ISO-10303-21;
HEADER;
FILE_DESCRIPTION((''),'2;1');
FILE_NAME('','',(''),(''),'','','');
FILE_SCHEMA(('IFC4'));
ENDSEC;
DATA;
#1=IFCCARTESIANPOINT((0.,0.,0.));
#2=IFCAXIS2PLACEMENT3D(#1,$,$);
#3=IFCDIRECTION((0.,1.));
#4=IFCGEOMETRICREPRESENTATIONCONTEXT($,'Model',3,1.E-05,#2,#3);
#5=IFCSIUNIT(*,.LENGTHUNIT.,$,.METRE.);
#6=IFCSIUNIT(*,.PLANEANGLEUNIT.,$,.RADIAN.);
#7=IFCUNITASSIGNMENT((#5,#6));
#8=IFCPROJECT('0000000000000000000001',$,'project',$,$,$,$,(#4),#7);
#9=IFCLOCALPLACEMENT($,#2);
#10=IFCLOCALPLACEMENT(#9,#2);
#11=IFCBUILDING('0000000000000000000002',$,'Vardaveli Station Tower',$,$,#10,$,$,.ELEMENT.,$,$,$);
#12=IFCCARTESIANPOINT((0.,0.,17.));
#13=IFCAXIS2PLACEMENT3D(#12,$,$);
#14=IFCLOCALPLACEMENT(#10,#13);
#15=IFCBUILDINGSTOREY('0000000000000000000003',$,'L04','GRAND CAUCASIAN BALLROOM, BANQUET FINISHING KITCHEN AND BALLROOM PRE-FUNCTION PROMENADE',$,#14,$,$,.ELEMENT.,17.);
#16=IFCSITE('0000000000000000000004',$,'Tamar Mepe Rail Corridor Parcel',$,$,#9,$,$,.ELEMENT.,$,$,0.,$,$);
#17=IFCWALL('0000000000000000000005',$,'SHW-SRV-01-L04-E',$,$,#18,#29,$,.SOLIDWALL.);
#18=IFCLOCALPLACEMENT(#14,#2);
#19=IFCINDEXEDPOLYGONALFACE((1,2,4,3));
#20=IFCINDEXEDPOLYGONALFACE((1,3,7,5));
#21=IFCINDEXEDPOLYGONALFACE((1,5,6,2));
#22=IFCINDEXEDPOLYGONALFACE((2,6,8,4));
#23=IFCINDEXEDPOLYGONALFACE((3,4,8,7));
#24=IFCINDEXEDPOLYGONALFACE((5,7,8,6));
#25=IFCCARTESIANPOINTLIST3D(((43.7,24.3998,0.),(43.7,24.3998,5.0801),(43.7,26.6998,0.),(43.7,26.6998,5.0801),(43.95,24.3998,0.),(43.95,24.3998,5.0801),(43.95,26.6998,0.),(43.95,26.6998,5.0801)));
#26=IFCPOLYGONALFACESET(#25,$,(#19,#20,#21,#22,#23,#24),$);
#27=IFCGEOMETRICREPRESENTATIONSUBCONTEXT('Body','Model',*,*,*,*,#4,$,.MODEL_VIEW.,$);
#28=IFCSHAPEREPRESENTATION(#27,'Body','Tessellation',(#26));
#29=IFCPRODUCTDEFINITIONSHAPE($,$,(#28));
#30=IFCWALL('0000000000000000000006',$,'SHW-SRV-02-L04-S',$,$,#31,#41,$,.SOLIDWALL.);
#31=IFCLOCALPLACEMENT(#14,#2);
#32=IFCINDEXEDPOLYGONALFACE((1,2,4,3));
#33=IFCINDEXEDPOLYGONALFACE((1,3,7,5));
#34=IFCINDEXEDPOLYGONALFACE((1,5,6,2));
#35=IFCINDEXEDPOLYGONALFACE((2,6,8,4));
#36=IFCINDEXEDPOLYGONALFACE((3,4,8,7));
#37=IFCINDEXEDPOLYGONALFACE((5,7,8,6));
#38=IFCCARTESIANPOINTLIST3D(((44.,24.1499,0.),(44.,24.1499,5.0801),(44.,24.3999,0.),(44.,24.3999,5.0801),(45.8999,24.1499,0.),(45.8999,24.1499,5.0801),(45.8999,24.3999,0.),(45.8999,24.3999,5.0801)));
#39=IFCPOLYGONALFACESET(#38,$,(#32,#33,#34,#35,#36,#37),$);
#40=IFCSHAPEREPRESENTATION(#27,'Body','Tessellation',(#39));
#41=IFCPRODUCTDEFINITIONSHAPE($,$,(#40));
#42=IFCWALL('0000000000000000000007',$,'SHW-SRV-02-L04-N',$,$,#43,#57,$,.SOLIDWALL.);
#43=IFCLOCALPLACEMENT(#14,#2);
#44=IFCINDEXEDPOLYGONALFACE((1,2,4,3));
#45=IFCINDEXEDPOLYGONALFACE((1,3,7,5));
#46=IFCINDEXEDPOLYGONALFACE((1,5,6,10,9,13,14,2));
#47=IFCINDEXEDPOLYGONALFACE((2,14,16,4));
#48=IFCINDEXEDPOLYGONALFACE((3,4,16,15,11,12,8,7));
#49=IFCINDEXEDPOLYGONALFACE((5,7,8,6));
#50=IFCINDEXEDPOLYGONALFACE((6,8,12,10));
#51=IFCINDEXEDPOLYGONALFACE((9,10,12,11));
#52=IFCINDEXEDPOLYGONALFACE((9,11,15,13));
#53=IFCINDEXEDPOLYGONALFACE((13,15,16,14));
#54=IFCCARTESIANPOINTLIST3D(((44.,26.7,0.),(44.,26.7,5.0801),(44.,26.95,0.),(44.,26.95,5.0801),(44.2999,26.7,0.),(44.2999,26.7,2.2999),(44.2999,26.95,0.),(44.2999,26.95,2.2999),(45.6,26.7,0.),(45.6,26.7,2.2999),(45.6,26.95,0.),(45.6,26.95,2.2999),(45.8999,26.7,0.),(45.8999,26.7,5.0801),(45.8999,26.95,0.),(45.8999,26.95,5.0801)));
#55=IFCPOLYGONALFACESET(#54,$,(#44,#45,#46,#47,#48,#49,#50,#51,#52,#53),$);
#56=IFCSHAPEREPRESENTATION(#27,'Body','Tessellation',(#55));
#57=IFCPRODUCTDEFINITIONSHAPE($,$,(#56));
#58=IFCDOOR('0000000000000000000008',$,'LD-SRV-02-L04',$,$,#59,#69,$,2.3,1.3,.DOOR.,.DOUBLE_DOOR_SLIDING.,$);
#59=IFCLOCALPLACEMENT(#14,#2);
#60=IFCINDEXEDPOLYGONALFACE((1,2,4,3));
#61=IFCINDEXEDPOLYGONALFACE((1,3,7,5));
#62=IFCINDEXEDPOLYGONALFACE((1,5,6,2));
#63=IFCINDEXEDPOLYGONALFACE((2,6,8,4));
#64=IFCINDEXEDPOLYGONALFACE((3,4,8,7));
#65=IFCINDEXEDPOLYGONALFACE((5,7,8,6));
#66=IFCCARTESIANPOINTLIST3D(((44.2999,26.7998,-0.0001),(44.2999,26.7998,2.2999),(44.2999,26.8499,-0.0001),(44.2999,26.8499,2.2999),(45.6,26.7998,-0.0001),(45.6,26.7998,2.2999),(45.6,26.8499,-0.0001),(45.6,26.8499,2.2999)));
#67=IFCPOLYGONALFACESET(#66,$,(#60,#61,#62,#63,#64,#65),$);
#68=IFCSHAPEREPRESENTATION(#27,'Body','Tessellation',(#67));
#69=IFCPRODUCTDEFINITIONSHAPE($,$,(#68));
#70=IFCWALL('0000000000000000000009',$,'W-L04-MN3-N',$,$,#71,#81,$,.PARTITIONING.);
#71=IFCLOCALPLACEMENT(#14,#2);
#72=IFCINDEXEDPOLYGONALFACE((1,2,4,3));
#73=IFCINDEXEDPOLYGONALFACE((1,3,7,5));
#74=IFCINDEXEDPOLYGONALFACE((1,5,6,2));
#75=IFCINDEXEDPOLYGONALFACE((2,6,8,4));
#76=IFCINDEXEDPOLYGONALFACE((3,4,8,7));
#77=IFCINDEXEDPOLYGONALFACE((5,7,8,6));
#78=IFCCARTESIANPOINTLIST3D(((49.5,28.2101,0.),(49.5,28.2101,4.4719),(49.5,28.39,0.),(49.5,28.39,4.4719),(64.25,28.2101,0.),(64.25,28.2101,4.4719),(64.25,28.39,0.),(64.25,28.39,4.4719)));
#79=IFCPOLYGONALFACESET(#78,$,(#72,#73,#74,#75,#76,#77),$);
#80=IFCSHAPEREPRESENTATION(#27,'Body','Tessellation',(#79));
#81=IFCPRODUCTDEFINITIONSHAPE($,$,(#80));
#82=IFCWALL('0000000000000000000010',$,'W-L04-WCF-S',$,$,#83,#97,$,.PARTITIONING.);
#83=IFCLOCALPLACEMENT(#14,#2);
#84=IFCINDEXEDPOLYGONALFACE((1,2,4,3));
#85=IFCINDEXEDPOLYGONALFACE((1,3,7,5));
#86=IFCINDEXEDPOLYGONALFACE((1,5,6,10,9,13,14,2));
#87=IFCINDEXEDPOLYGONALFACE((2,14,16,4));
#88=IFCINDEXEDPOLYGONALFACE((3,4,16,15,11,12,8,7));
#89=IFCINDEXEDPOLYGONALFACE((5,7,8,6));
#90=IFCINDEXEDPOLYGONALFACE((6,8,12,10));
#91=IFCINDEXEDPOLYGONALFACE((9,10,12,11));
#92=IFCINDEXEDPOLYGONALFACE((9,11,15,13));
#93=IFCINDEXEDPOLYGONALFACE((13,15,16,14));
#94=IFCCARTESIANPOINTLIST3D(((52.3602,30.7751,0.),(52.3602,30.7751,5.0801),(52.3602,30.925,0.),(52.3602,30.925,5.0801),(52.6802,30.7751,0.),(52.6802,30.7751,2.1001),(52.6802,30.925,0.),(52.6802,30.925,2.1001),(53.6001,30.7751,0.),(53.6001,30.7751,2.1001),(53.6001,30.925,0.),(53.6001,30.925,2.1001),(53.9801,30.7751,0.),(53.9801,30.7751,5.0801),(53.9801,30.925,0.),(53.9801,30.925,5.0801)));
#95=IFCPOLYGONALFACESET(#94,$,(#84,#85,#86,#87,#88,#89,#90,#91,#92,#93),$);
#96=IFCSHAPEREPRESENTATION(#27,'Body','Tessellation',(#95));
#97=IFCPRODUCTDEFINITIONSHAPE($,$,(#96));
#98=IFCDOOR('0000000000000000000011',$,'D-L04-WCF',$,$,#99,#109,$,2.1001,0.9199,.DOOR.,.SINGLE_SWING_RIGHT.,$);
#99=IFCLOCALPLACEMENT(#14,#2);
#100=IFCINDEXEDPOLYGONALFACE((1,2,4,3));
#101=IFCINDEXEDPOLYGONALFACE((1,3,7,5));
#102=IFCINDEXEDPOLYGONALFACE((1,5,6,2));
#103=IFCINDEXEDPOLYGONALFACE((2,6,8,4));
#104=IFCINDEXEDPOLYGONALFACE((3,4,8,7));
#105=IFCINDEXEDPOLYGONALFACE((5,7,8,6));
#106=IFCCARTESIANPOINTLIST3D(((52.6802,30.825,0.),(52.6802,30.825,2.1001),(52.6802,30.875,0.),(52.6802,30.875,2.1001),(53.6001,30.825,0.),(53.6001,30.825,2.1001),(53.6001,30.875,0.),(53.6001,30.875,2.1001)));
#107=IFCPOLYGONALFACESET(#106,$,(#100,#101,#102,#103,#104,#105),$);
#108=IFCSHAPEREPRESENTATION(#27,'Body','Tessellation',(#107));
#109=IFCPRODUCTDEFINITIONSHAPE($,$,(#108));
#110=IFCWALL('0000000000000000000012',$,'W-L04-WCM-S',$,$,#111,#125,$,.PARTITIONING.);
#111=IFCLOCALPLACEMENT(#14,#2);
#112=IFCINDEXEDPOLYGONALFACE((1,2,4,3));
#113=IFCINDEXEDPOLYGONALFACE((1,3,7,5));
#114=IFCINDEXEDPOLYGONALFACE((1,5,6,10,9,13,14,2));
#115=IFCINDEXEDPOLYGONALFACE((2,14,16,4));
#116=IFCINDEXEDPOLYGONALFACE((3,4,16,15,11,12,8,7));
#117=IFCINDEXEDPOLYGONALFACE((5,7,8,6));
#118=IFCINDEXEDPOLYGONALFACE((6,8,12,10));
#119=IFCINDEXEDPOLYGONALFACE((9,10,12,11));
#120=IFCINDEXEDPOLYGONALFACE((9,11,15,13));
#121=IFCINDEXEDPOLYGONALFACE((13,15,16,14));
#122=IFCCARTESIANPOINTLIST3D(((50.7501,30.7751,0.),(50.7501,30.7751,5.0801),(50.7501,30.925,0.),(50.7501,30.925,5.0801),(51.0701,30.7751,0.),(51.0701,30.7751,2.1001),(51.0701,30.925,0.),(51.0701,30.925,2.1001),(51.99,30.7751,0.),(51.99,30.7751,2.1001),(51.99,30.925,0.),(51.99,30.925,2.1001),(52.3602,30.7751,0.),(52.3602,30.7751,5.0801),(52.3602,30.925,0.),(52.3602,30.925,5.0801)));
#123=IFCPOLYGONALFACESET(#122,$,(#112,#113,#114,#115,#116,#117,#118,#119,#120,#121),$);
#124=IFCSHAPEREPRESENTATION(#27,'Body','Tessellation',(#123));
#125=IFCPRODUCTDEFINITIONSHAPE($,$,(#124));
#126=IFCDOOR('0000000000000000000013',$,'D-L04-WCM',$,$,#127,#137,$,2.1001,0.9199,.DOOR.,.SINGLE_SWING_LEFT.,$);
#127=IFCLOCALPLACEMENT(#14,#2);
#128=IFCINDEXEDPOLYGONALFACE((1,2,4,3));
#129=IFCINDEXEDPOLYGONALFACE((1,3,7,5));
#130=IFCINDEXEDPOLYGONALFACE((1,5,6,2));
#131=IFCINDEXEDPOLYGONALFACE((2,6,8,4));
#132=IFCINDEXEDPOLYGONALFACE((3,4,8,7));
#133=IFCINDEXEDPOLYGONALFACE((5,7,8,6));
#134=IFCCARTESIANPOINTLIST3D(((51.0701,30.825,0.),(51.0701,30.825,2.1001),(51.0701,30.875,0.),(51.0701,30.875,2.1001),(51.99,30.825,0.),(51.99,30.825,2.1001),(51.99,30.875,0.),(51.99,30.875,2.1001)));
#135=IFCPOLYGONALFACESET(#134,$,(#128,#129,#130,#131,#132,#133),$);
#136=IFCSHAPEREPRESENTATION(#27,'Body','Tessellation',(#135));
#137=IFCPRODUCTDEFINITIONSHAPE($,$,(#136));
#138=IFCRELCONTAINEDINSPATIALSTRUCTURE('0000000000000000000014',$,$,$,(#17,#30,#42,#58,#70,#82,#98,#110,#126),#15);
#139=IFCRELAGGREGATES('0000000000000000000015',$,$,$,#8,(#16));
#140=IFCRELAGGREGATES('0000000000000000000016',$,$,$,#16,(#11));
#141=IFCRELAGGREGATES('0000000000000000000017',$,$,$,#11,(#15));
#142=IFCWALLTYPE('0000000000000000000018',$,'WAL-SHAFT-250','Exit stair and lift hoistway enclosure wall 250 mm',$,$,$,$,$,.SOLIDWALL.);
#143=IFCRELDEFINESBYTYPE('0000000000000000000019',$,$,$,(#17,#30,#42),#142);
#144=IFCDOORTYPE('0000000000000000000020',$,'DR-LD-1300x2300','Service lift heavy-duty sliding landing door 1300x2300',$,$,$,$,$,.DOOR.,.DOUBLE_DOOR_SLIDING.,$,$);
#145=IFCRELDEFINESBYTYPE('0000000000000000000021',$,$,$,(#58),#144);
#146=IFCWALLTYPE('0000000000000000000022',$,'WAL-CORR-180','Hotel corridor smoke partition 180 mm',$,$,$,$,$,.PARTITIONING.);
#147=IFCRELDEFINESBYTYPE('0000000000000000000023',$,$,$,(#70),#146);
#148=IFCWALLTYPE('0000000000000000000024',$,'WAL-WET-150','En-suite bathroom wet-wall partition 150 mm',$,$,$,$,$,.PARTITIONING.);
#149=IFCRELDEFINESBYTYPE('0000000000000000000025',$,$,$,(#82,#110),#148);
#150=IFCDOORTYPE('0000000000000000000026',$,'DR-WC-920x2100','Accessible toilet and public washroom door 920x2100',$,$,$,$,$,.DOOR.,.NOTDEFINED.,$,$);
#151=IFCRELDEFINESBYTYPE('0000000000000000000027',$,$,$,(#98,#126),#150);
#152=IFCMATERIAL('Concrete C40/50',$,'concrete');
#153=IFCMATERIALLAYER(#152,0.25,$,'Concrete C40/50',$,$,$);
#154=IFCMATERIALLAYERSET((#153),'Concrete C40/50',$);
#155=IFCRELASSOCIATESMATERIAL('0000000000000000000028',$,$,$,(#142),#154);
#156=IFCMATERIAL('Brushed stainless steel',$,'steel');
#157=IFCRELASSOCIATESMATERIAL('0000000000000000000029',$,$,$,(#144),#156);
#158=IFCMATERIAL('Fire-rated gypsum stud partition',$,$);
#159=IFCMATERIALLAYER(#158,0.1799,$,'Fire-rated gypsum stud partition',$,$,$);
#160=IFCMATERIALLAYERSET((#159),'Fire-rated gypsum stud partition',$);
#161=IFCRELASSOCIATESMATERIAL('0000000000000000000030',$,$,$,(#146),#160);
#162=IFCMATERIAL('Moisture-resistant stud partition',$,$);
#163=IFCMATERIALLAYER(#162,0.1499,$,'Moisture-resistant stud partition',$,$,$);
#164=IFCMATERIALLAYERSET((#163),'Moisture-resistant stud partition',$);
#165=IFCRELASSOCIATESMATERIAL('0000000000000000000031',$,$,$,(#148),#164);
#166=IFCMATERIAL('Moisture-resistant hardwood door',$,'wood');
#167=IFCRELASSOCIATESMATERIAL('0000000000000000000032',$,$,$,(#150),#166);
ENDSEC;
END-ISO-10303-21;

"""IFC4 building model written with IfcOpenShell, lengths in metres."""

from ifc_helpers import new_model, si_unit, direction, frame, frame_2d, origin, place, context, subcontext, project, spatial, rectangle, extrude, source, transform, mapped, material, layer, layer_set, type_object, element, fill, save


model = new_model("IFC4")

# Units and contexts
model_context = context("Model", 3, precision=1e-05, world=origin(), true_north=direction((0.0, 1.0)))
body_context = subcontext(model_context, "Body", "Model", "MODEL_VIEW")
ifc_project = project(units=[si_unit("LENGTHUNIT", "METRE"), si_unit("PLANEANGLEUNIT", "RADIAN")], contexts=[model_context])

# Site, building, storey
site_placement = place(None, origin())
site = spatial("IfcSite", under=ifc_project, at=site_placement, Name="Tamar Mepe Rail Corridor Parcel", CompositionType="ELEMENT", RefElevation=0.0)
building_placement = place(site_placement, origin())
building = spatial("IfcBuilding", under=site, at=building_placement, Name="Vardaveli Station Tower", CompositionType="ELEMENT")
storey_placement = place(building_placement, frame((0.0, 0.0, 17.0)))
storey = spatial("IfcBuildingStorey", under=building, at=storey_placement, Name="L04", Description="GRAND CAUCASIAN BALLROOM, BANQUET FINISHING KITCHEN AND BALLROOM PRE-FUNCTION PROMENADE", CompositionType="ELEMENT", Elevation=17.0)

# Shared definitions
ifc_material_1 = material(Name="Concrete C40/50", Category="concrete")
ifc_layer_1 = layer(ifc_material_1, 0.25, Name="Concrete C40/50")
ifc_layer_set_1 = layer_set([ifc_layer_1], Name="Concrete C40/50")
wall_type_1 = type_object("IfcWallType", Name="WAL-SHAFT-250", Description="Exit stair and lift hoistway enclosure wall 250 mm", PredefinedType="SOLIDWALL", material=ifc_layer_set_1)

# Shared definitions
shared_shape_1 = source(origin(), body_context, "Body", "SweptSolid", [
    extrude(rectangle(XDim=2.3, YDim=0.25, at=frame_2d((1.1499, 0.0))), origin(), (0.0, 0.0, 1.0), 5.0801),
])
shared_shape_2 = source(origin(), body_context, "Body", "SweptSolid", [
    extrude(rectangle(XDim=1.3, YDim=2.3, at=frame_2d((0.6499, 1.1499))), frame((0.0, 0.135, 0.0), z_axis=(0.0, -1.0, 0.0), x_axis=(1.0, 0.0, 0.0)), (0.0, 0.0, 1.0), 0.27),
])
ifc_material_2 = material(Name="Brushed stainless steel", Category="steel")
door_type_1 = type_object("IfcDoorType", Name="DR-LD-1300x2300", Description="Service lift heavy-duty sliding landing door 1300x2300", OperationType="DOUBLE_DOOR_SLIDING", PredefinedType="DOOR", material=ifc_material_2)
shared_shape_3 = source(origin(), body_context, "Body", "SweptSolid", [
    extrude(rectangle(XDim=1.3, YDim=2.3, at=frame_2d((0.6499, 1.1499))), frame((0.0, 0.0249, 0.0), z_axis=(0.0, -1.0, 0.0), x_axis=(1.0, 0.0, 0.0)), (0.0, 0.0, 1.0), 0.05),
])

# Walls
for number, where, z_axis, x_axis, name in (
    (1, (43.825, 24.3999, 0.0), (0.0, 0.0, 1.0), (0.0, 1.0, 0.0), "SHW-SRV-01-L04-E"),
):
    element("IfcWall", number, at=place(storey_placement, frame(where, z_axis=z_axis, x_axis=x_axis)), inside=storey, type_object=wall_type_1, Name=name, PredefinedType="SOLIDWALL", context=body_context, shape_type="MappedRepresentation", body=[
        mapped(shared_shape_1, transform((0.0, 0.0, 0.0), scale=1.0)),
    ])
shared_shape_4 = source(origin(), body_context, "Body", "SweptSolid", [
    extrude(rectangle(XDim=1.8999, YDim=0.25, at=frame_2d((0.95, 0.0))), origin(), (0.0, 0.0, 1.0), 5.0801),
])
wall_1_placement = place(storey_placement, frame((44.0, 24.2749, 0.0), z_axis=(0.0, 0.0, 1.0), x_axis=(1.0, 0.0, 0.0)))
element("IfcWall", 2, at=wall_1_placement, inside=storey, type_object=wall_type_1, Name="SHW-SRV-02-L04-S", PredefinedType="SOLIDWALL", context=body_context, shape_type="MappedRepresentation", body=[
    mapped(shared_shape_4, transform((0.0, 0.0, 0.0), scale=1.0)),
])

# Wall, opening, door
wall_2_placement = place(storey_placement, frame((44.0, 26.825, 0.0), z_axis=(0.0, 0.0, 1.0), x_axis=(1.0, 0.0, 0.0)))
wall_2 = element("IfcWall", 3, at=wall_2_placement, inside=storey, type_object=wall_type_1, Name="SHW-SRV-02-L04-N", PredefinedType="SOLIDWALL", context=body_context, shape_type="MappedRepresentation", body=[
    mapped(shared_shape_4, transform((0.0, 0.0, 0.0), scale=1.0)),
])
opening_1_placement = place(wall_2_placement, frame((0.3, 0.0, 0.0)))
opening_1 = element("IfcOpeningElement", 4, at=opening_1_placement, cuts=wall_2, PredefinedType="OPENING", context=body_context, shape_type="MappedRepresentation", body=[
    mapped(shared_shape_2, transform((0.0, 0.0, 0.0), scale=1.0)),
])
door_1_placement = place(opening_1_placement, origin())
door_1 = element("IfcDoor", 5, at=door_1_placement, inside=storey, type_object=door_type_1, Name="LD-SRV-02-L04", OperationType="DOUBLE_DOOR_SLIDING", OverallHeight=2.3, OverallWidth=1.3, PredefinedType="DOOR", context=body_context, shape_type="MappedRepresentation", body=[
    mapped(shared_shape_3, transform((0.0, 0.0, 0.0), scale=1.0)),
])
fill(opening_1, door_1)

# Wall
ifc_material_3 = material(Name="Fire-rated gypsum stud partition")
ifc_layer_2 = layer(ifc_material_3, 0.1799, Name="Fire-rated gypsum stud partition")
ifc_layer_set_2 = layer_set([ifc_layer_2], Name="Fire-rated gypsum stud partition")
wall_type_2 = type_object("IfcWallType", Name="WAL-CORR-180", Description="Hotel corridor smoke partition 180 mm", PredefinedType="PARTITIONING", material=ifc_layer_set_2)
shared_shape_5 = source(origin(), body_context, "Body", "SweptSolid", [
    extrude(rectangle(XDim=14.75, YDim=0.1799, at=frame_2d((7.375, 0.0))), origin(), (0.0, 0.0, 1.0), 4.4719),
])
wall_3_placement = place(storey_placement, frame((49.5, 28.3, 0.0), z_axis=(0.0, 0.0, 1.0), x_axis=(1.0, 0.0, 0.0)))
element("IfcWall", 6, at=wall_3_placement, inside=storey, type_object=wall_type_2, Name="W-L04-MN3-N", PredefinedType="PARTITIONING", context=body_context, shape_type="MappedRepresentation", body=[
    mapped(shared_shape_5, transform((0.0, 0.0, 0.0), scale=1.0)),
])

# Walls, openings, doors
ifc_material_4 = material(Name="Moisture-resistant stud partition")
ifc_layer_3 = layer(ifc_material_4, 0.1499, Name="Moisture-resistant stud partition")
ifc_layer_set_3 = layer_set([ifc_layer_3], Name="Moisture-resistant stud partition")
wall_type_3 = type_object("IfcWallType", Name="WAL-WET-150", Description="En-suite bathroom wet-wall partition 150 mm", PredefinedType="PARTITIONING", material=ifc_layer_set_3)
shared_shape_6 = source(origin(), body_context, "Body", "SweptSolid", [
    extrude(rectangle(XDim=1.6199, YDim=0.1499, at=frame_2d((0.8101, 0.0))), origin(), (0.0, 0.0, 1.0), 5.0801),
])
wall_4_placement = place(storey_placement, frame((52.3601, 30.8501, 0.0), z_axis=(0.0, 0.0, 1.0), x_axis=(1.0, 0.0, 0.0)))
wall_4 = element("IfcWall", 7, at=wall_4_placement, inside=storey, type_object=wall_type_3, Name="W-L04-WCF-S", PredefinedType="PARTITIONING", context=body_context, shape_type="MappedRepresentation", body=[
    mapped(shared_shape_6, transform((0.0, 0.0, 0.0), scale=1.0)),
])
shared_shape_7 = source(origin(), body_context, "Body", "SweptSolid", [
    extrude(rectangle(XDim=0.9199, YDim=2.1001, at=frame_2d((0.46, 1.05))), frame((0.0, 0.085, 0.0), z_axis=(0.0, -1.0, 0.0), x_axis=(1.0, 0.0, 0.0)), (0.0, 0.0, 1.0), 0.1699),
])
opening_2_placement = place(wall_4_placement, frame((0.3201, 0.0, 0.0)))
opening_2 = element("IfcOpeningElement", 8, at=opening_2_placement, cuts=wall_4, PredefinedType="OPENING", context=body_context, shape_type="MappedRepresentation", body=[
    mapped(shared_shape_7, transform((0.0, 0.0, 0.0), scale=1.0)),
])
ifc_material_5 = material(Name="Moisture-resistant hardwood door", Category="wood")
door_type_2 = type_object("IfcDoorType", Name="DR-WC-920x2100", Description="Accessible toilet and public washroom door 920x2100", OperationType="NOTDEFINED", PredefinedType="DOOR", material=ifc_material_5)
shared_shape_8 = source(origin(), body_context, "Body", "SweptSolid", [
    extrude(rectangle(XDim=0.9199, YDim=2.1001, at=frame_2d((0.46, 1.05))), frame((0.0, 0.0249, 0.0), z_axis=(0.0, -1.0, 0.0), x_axis=(1.0, 0.0, 0.0)), (0.0, 0.0, 1.0), 0.05),
])
door_2_placement = place(opening_2_placement, origin())
door_2 = element("IfcDoor", 9, at=door_2_placement, inside=storey, type_object=door_type_2, Name="D-L04-WCF", OperationType="SINGLE_SWING_RIGHT", OverallHeight=2.1001, OverallWidth=0.9199, PredefinedType="DOOR", context=body_context, shape_type="MappedRepresentation", body=[
    mapped(shared_shape_8, transform((0.0, 0.0, 0.0), scale=1.0)),
])
fill(opening_2, door_2)
shared_shape_9 = source(origin(), body_context, "Body", "SweptSolid", [
    extrude(rectangle(XDim=1.6101, YDim=0.1499, at=frame_2d((0.8052, 0.0))), origin(), (0.0, 0.0, 1.0), 5.0801),
])
wall_5_placement = place(storey_placement, frame((50.75, 30.8501, 0.0), z_axis=(0.0, 0.0, 1.0), x_axis=(1.0, 0.0, 0.0)))
wall_5 = element("IfcWall", 10, at=wall_5_placement, inside=storey, type_object=wall_type_3, Name="W-L04-WCM-S", PredefinedType="PARTITIONING", context=body_context, shape_type="MappedRepresentation", body=[
    mapped(shared_shape_9, transform((0.0, 0.0, 0.0), scale=1.0)),
])
opening_3_placement = place(wall_5_placement, frame((0.3201, 0.0, 0.0)))
opening_3 = element("IfcOpeningElement", 11, at=opening_3_placement, cuts=wall_5, PredefinedType="OPENING", context=body_context, shape_type="MappedRepresentation", body=[
    mapped(shared_shape_7, transform((0.0, 0.0, 0.0), scale=1.0)),
])
door_3_placement = place(opening_3_placement, origin())
door_3 = element("IfcDoor", 12, at=door_3_placement, inside=storey, type_object=door_type_2, Name="D-L04-WCM", OperationType="SINGLE_SWING_LEFT", OverallHeight=2.1001, OverallWidth=0.9199, PredefinedType="DOOR", context=body_context, shape_type="MappedRepresentation", body=[
    mapped(shared_shape_8, transform((0.0, 0.0, 0.0), scale=1.0)),
])
fill(opening_3, door_3)

save(model, "model.ifc")
